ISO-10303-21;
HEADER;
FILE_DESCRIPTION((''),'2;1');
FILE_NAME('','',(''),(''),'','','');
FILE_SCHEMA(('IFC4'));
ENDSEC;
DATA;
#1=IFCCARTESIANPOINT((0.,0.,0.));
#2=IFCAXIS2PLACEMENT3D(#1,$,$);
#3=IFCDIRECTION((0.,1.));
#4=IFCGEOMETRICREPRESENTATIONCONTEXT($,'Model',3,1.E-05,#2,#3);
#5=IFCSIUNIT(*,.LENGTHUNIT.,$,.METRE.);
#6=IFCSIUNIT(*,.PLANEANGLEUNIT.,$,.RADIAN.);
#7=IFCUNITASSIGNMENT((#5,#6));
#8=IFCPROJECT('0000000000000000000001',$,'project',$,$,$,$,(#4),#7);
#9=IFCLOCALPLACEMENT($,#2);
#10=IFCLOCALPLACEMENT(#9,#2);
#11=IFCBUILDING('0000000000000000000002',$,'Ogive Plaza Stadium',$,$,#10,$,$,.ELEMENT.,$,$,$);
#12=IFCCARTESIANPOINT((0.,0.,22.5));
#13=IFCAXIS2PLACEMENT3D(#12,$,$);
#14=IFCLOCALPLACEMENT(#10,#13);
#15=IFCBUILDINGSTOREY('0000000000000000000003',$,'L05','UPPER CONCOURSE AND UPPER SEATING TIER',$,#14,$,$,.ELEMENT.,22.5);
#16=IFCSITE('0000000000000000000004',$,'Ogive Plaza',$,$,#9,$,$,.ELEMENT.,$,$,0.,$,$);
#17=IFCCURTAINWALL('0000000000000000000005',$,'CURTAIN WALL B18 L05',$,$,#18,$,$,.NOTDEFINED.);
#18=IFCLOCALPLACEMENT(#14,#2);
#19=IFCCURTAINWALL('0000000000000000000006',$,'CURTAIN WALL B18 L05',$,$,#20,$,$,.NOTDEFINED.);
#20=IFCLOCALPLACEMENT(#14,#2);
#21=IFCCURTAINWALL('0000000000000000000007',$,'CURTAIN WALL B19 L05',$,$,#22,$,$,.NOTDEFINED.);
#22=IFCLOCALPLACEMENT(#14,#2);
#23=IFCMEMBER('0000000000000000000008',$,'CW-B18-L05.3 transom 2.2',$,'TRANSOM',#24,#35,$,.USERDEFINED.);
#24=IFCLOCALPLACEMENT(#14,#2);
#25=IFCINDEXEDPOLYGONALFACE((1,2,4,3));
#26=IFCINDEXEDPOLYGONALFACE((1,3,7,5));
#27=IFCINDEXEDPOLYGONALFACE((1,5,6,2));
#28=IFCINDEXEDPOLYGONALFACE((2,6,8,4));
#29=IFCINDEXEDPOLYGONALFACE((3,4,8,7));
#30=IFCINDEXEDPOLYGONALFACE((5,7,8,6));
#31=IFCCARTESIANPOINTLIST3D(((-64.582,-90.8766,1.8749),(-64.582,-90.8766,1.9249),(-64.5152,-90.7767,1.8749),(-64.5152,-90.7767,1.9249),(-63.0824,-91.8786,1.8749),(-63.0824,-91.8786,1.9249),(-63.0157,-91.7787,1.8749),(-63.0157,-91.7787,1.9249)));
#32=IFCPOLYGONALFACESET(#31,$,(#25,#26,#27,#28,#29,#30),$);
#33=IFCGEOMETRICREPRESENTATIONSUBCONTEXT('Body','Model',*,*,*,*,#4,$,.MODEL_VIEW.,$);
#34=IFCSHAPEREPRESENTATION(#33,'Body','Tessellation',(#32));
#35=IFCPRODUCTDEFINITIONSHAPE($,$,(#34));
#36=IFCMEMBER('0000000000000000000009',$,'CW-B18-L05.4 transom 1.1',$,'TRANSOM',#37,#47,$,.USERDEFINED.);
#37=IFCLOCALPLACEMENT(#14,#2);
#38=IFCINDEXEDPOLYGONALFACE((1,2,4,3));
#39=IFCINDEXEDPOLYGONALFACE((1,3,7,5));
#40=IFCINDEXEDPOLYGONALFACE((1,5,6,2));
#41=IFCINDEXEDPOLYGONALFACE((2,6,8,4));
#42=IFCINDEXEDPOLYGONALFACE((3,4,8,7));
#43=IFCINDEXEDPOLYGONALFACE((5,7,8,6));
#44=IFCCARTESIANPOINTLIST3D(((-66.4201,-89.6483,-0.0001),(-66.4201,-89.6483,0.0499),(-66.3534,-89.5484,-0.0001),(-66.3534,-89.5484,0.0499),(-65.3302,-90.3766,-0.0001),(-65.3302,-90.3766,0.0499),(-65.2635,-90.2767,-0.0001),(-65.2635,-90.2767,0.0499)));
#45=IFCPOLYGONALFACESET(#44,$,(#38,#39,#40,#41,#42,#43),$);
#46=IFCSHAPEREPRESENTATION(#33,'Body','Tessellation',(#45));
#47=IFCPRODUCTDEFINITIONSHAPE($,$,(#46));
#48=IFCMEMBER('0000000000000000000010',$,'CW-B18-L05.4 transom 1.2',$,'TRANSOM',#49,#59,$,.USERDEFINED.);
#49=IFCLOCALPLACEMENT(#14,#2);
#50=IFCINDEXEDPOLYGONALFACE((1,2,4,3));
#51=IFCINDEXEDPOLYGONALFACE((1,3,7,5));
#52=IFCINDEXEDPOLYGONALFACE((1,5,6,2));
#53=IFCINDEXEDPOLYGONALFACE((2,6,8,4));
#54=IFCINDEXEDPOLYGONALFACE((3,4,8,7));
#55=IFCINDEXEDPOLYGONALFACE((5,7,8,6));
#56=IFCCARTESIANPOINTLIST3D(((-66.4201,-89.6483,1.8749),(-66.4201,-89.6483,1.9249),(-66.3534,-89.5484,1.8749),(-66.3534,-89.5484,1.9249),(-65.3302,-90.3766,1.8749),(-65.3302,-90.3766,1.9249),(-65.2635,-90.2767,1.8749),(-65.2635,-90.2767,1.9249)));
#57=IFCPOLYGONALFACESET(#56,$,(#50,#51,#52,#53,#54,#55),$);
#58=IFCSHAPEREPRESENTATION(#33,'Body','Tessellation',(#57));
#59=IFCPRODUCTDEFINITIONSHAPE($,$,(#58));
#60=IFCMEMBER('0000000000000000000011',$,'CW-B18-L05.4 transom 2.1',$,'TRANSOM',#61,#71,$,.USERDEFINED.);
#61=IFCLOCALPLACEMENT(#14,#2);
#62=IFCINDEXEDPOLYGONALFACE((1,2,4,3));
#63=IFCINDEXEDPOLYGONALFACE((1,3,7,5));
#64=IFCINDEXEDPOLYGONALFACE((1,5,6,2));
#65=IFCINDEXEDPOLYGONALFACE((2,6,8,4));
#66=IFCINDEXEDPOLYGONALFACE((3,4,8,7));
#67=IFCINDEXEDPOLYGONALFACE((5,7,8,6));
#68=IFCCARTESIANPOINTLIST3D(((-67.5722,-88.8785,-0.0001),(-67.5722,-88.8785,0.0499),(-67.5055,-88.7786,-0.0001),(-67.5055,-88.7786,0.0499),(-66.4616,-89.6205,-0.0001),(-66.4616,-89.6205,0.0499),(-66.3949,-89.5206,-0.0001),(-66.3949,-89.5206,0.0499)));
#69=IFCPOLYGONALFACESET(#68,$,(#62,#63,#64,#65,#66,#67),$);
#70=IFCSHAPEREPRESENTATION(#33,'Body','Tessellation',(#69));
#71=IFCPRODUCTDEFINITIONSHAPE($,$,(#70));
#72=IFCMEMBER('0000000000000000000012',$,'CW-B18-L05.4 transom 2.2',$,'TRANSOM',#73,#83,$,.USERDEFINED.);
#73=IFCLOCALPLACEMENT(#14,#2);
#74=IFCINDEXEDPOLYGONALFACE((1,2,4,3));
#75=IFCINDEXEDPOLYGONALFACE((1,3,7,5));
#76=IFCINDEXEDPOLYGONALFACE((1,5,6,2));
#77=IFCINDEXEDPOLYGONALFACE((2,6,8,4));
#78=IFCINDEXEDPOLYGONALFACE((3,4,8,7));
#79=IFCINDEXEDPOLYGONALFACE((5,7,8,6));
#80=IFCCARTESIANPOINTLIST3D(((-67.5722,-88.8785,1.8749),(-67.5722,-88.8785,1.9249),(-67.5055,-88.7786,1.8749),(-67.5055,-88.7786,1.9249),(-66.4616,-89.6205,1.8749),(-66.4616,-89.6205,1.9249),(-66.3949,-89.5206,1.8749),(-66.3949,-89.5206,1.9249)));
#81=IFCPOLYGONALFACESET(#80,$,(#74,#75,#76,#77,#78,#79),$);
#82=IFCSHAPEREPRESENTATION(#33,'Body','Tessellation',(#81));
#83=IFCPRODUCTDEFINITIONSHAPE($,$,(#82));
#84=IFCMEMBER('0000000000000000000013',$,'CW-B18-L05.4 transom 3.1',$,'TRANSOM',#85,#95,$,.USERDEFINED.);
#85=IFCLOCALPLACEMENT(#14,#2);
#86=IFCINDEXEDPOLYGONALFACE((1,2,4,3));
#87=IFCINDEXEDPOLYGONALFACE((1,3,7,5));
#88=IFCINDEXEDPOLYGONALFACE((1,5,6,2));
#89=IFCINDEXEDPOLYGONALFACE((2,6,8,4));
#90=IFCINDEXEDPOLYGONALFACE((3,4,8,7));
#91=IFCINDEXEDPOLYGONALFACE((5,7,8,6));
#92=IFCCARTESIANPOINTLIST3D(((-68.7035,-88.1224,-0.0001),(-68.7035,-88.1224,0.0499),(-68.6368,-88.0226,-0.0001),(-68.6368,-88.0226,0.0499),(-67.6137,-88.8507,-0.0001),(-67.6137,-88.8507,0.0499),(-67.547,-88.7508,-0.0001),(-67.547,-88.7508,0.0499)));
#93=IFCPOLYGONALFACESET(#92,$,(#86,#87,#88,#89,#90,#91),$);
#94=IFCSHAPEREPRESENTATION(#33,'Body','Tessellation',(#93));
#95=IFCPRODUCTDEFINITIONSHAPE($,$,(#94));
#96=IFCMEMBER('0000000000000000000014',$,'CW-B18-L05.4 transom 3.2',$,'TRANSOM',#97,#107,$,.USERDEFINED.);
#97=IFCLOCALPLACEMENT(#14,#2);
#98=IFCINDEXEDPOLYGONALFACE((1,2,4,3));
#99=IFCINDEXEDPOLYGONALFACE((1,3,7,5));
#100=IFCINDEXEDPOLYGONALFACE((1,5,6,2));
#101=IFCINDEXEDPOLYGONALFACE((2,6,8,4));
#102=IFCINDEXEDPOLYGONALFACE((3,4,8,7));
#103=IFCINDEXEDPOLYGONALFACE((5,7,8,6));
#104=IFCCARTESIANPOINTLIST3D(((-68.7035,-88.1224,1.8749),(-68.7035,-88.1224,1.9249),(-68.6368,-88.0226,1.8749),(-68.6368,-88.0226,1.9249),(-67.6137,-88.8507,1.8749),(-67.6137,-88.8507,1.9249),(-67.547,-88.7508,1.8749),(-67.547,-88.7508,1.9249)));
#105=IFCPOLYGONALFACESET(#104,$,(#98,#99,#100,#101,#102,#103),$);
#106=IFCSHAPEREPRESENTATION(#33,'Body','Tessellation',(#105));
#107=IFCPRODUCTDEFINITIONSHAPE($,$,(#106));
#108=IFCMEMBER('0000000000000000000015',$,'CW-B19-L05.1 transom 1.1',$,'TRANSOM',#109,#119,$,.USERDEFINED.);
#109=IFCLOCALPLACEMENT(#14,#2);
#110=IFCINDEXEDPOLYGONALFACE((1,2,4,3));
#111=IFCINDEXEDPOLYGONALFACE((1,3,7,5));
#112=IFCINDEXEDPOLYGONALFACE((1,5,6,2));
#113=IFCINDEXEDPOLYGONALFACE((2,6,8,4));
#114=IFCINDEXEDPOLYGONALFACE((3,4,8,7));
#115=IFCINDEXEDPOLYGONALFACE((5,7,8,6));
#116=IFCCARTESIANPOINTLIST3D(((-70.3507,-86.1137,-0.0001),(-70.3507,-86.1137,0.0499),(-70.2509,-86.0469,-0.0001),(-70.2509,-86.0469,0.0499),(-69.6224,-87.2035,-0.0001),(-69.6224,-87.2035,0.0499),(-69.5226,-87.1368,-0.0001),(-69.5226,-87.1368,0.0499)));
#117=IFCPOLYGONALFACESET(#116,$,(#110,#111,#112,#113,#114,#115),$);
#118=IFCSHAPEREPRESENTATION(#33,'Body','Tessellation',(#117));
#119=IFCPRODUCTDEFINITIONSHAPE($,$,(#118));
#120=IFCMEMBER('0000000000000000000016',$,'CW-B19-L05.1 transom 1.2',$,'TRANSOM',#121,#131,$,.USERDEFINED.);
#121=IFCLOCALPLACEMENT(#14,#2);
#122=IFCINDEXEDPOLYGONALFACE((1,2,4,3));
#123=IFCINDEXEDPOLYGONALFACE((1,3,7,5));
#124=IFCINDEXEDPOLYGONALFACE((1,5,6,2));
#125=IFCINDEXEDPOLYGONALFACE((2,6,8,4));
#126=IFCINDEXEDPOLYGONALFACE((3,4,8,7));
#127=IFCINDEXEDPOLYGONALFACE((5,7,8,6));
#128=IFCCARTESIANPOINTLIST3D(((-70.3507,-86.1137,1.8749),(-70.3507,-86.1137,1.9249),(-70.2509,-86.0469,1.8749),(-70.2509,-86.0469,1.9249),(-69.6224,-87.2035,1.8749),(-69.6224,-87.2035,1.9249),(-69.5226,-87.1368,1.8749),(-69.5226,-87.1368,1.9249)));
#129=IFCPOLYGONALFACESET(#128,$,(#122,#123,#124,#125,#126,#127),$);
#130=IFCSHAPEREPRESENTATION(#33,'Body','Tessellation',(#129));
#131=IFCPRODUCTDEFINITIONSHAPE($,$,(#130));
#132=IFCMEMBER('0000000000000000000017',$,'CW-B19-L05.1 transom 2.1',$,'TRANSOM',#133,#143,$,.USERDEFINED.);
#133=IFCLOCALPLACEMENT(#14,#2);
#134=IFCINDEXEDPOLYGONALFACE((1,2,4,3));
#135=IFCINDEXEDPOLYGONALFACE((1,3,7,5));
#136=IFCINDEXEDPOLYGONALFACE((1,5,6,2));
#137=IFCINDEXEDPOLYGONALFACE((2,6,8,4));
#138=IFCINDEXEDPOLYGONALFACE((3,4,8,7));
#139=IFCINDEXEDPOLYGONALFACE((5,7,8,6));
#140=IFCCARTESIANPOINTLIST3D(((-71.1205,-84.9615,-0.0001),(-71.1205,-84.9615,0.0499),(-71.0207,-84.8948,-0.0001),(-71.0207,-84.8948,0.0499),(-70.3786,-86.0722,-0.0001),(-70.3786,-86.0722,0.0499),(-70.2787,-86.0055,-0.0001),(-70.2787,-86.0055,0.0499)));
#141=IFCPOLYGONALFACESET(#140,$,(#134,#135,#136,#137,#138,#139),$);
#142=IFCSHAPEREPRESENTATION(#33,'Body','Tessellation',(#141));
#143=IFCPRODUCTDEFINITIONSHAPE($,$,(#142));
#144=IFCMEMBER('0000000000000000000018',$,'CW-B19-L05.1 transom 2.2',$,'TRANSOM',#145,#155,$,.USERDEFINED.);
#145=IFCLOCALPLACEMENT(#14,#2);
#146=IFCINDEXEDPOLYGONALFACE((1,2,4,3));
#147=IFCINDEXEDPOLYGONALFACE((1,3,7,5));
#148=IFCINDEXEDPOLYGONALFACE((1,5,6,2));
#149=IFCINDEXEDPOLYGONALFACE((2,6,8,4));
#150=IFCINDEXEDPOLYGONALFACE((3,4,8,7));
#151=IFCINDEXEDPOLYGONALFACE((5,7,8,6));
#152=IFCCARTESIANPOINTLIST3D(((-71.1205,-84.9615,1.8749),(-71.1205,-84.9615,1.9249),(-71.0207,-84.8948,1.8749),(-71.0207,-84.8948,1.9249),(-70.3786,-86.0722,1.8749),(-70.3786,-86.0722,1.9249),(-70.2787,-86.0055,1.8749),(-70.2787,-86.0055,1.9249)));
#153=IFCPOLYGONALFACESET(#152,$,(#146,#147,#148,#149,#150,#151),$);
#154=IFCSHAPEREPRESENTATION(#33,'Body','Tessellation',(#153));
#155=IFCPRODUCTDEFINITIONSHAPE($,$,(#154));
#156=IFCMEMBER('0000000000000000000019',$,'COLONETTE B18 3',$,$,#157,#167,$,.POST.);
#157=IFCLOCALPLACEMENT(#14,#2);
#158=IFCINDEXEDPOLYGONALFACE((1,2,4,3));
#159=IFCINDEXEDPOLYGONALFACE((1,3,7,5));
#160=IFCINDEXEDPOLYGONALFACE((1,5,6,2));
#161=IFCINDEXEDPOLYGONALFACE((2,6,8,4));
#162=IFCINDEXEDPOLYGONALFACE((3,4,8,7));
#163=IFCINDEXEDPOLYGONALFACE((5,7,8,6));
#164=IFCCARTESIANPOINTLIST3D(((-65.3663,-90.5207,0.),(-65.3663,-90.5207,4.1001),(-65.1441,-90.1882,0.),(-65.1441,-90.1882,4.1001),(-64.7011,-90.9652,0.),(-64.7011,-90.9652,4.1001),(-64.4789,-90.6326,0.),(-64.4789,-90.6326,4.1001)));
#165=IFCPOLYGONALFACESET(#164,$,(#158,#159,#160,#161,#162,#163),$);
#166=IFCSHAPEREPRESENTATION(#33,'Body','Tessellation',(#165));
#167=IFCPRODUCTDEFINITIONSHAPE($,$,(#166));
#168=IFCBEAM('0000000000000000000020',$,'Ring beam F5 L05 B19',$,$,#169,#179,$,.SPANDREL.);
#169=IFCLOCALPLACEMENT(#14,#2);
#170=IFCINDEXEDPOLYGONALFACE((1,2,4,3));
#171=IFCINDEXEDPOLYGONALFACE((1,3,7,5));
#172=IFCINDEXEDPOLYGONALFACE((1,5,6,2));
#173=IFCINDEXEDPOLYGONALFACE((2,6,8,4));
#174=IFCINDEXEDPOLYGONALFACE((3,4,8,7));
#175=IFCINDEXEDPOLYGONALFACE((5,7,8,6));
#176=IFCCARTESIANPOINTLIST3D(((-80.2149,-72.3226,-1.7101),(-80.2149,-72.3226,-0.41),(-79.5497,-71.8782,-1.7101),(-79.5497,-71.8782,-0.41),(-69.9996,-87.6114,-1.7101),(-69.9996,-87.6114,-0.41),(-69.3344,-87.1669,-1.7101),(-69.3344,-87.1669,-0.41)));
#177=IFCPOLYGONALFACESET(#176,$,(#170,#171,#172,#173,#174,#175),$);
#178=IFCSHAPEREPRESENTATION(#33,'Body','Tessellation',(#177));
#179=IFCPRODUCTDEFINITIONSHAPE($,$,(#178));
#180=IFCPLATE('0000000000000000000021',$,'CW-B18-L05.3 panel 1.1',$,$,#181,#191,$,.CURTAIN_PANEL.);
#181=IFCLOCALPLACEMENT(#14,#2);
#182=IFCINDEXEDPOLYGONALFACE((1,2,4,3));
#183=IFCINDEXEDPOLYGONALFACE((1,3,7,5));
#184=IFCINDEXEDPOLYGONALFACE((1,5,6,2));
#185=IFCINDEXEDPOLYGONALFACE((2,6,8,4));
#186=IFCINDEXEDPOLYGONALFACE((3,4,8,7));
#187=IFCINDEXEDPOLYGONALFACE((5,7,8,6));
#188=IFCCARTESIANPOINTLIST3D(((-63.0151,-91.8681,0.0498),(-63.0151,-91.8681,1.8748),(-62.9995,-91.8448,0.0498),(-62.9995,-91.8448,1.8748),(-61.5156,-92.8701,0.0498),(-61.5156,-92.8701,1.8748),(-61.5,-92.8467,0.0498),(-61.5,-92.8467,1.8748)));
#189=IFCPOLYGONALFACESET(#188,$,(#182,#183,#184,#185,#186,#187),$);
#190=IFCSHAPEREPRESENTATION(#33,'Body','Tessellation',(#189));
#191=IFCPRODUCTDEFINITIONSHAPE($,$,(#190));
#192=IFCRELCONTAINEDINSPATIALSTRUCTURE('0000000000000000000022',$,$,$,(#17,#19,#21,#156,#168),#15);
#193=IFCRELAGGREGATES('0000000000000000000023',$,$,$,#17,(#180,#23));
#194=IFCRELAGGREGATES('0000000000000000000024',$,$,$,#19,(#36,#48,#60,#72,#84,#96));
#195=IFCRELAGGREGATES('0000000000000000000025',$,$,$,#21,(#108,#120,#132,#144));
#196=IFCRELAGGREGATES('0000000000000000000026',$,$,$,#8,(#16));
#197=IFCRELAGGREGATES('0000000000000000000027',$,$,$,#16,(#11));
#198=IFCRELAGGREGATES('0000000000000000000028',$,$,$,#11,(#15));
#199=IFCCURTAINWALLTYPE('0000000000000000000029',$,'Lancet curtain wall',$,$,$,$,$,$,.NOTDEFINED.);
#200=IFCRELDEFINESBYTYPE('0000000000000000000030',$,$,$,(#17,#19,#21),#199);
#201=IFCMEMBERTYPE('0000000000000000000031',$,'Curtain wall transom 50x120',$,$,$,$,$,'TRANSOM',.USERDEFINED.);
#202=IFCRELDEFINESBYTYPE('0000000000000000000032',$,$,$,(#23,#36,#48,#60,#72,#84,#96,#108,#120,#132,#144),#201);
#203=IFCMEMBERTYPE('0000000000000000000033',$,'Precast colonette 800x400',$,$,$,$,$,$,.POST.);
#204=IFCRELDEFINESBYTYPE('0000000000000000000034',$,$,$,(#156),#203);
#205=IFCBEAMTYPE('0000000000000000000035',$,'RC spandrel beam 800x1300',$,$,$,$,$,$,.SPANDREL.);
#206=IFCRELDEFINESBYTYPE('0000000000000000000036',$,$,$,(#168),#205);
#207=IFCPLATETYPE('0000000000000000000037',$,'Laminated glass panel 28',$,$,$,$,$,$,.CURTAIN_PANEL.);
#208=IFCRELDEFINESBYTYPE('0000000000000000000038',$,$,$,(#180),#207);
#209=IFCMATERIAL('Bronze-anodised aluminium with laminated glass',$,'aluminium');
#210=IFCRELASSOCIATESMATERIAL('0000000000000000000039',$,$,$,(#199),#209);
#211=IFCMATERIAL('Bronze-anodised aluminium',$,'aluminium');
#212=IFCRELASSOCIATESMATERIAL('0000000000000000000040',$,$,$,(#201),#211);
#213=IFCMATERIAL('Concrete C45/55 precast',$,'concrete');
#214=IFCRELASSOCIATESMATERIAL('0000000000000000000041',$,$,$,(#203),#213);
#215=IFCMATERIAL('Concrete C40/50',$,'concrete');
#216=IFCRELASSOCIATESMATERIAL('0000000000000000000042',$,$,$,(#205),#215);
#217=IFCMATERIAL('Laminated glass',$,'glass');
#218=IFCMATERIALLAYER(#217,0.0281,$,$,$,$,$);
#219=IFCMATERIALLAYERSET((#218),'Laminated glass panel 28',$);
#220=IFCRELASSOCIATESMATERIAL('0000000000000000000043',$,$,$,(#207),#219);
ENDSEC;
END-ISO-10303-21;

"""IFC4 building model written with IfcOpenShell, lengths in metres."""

from ifc_helpers import new_model, si_unit, direction, frame, origin, origin_2d, place, context, subcontext, project, spatial, rectangle, extrude, material, layer, layer_set, material_profile, profile_set, type_object, element, aggregate, save


model = new_model("IFC4")

# Units and contexts
model_context = context("Model", 3, precision=1e-05, world=origin(), true_north=direction((0.0, 1.0)))
body_context = subcontext(model_context, "Body", "Model", "MODEL_VIEW")
ifc_project = project(units=[si_unit("LENGTHUNIT", "METRE"), si_unit("PLANEANGLEUNIT", "RADIAN")], contexts=[model_context])

# Site, building, storey
site_placement = place(None, origin())
site = spatial("IfcSite", under=ifc_project, at=site_placement, Name="Ogive Plaza", CompositionType="ELEMENT", RefElevation=0.0)
building_placement = place(site_placement, origin())
building = spatial("IfcBuilding", under=site, at=building_placement, Name="Ogive Plaza Stadium", CompositionType="ELEMENT")
storey_placement = place(building_placement, frame((0.0, 0.0, 22.5)))
storey = spatial("IfcBuildingStorey", under=building, at=storey_placement, Name="L05", Description="UPPER CONCOURSE AND UPPER SEATING TIER", CompositionType="ELEMENT", Elevation=22.5)

# Curtain walls
ifc_material_1 = material(Name="Bronze-anodised aluminium with laminated glass", Category="aluminium")
curtain_wall_type = type_object("IfcCurtainWallType", Name="Lancet curtain wall", PredefinedType="NOTDEFINED", material=ifc_material_1)
curtain_wall_1_placement = place(storey_placement, origin())
curtain_wall_1 = element("IfcCurtainWall", 1, at=curtain_wall_1_placement, inside=storey, type_object=curtain_wall_type, Name="CURTAIN WALL B18 L05", PredefinedType="NOTDEFINED")
curtain_wall_2_placement = place(storey_placement, origin())
curtain_wall_2 = element("IfcCurtainWall", 2, at=curtain_wall_2_placement, inside=storey, type_object=curtain_wall_type, Name="CURTAIN WALL B18 L05", PredefinedType="NOTDEFINED")
curtain_wall_3_placement = place(storey_placement, origin())
curtain_wall_3 = element("IfcCurtainWall", 3, at=curtain_wall_3_placement, inside=storey, type_object=curtain_wall_type, Name="CURTAIN WALL B19 L05", PredefinedType="NOTDEFINED")

# Members
ifc_material_2 = material(Name="Bronze-anodised aluminium", Category="aluminium")
ifc_material_profile_1 = material_profile(ifc_material_2, rectangle(XDim=0.1201, YDim=0.05, at=origin_2d()), Name="AL 120x50")
ifc_profile_set_1 = profile_set([ifc_material_profile_1], Name="Bronze-anodised aluminium")
member_type_1 = type_object("IfcMemberType", Name="Curtain wall transom 50x120", ElementType="TRANSOM", PredefinedType="USERDEFINED", material=ifc_profile_set_1)
member_1_placement = place(storey_placement, frame((-63.0491, -91.8286, 1.8999), z_axis=(-0.831467, 0.555575, 0.0), x_axis=(-0.555575, -0.831467, 0.0)))
member_1 = element("IfcMember", 4, at=member_1_placement, type_object=member_type_1, Name="CW-B18-L05.3 transom 2.2", ObjectType="TRANSOM", PredefinedType="USERDEFINED", context=body_context, shape_type="SweptSolid", body=[
    extrude(rectangle(XDim=0.1201, YDim=0.05, at=origin_2d()), origin(), (0.0, 0.0, 1.0), 1.8035),
])
member_2_placement = place(storey_placement, frame((-65.2969, -90.3267, 0.0249), z_axis=(-0.831448, 0.555602, 0.0), x_axis=(-0.555602, -0.831448, 0.0)))
member_2 = element("IfcMember", 5, at=member_2_placement, type_object=member_type_1, Name="CW-B18-L05.4 transom 1.1", ObjectType="TRANSOM", PredefinedType="USERDEFINED", context=body_context, shape_type="SweptSolid", body=[
    extrude(rectangle(XDim=0.1201, YDim=0.05, at=origin_2d()), origin(), (0.0, 0.0, 1.0), 1.3108),
])
member_3_placement = place(storey_placement, frame((-65.2969, -90.3267, 1.8999), z_axis=(-0.831448, 0.555602, 0.0), x_axis=(-0.555602, -0.831448, 0.0)))
member_3 = element("IfcMember", 6, at=member_3_placement, type_object=member_type_1, Name="CW-B18-L05.4 transom 1.2", ObjectType="TRANSOM", PredefinedType="USERDEFINED", context=body_context, shape_type="SweptSolid", body=[
    extrude(rectangle(XDim=0.1201, YDim=0.05, at=origin_2d()), origin(), (0.0, 0.0, 1.0), 1.3108),
])
member_4_placement = place(storey_placement, frame((-66.4282, -89.5706, 0.0249), z_axis=(-0.831516, 0.555501, 0.0), x_axis=(-0.555501, -0.831516, 0.0)))
member_4 = element("IfcMember", 7, at=member_4_placement, type_object=member_type_1, Name="CW-B18-L05.4 transom 2.1", ObjectType="TRANSOM", PredefinedType="USERDEFINED", context=body_context, shape_type="SweptSolid", body=[
    extrude(rectangle(XDim=0.1201, YDim=0.05, at=origin_2d()), origin(), (0.0, 0.0, 1.0), 1.3357),
])
member_5_placement = place(storey_placement, frame((-66.4282, -89.5706, 1.8999), z_axis=(-0.831516, 0.555501, 0.0), x_axis=(-0.555501, -0.831516, 0.0)))
member_5 = element("IfcMember", 8, at=member_5_placement, type_object=member_type_1, Name="CW-B18-L05.4 transom 2.2", ObjectType="TRANSOM", PredefinedType="USERDEFINED", context=body_context, shape_type="SweptSolid", body=[
    extrude(rectangle(XDim=0.1201, YDim=0.05, at=origin_2d()), origin(), (0.0, 0.0, 1.0), 1.3357),
])
member_6_placement = place(storey_placement, frame((-67.5803, -88.8008, 0.0249), z_axis=(-0.831448, 0.555602, 0.0), x_axis=(-0.555602, -0.831448, 0.0)))
member_6 = element("IfcMember", 9, at=member_6_placement, type_object=member_type_1, Name="CW-B18-L05.4 transom 3.1", ObjectType="TRANSOM", PredefinedType="USERDEFINED", context=body_context, shape_type="SweptSolid", body=[
    extrude(rectangle(XDim=0.1201, YDim=0.05, at=origin_2d()), origin(), (0.0, 0.0, 1.0), 1.3108),
])
member_7_placement = place(storey_placement, frame((-67.5803, -88.8008, 1.8999), z_axis=(-0.831448, 0.555602, 0.0), x_axis=(-0.555602, -0.831448, 0.0)))
member_7 = element("IfcMember", 10, at=member_7_placement, type_object=member_type_1, Name="CW-B18-L05.4 transom 3.2", ObjectType="TRANSOM", PredefinedType="USERDEFINED", context=body_context, shape_type="SweptSolid", body=[
    extrude(rectangle(XDim=0.1201, YDim=0.05, at=origin_2d()), origin(), (0.0, 0.0, 1.0), 1.3108),
])
member_8_placement = place(storey_placement, frame((-69.5725, -87.1702, 0.0249), z_axis=(-0.555602, 0.831448, 0.0), x_axis=(-0.831448, -0.555602, 0.0)))
member_8 = element("IfcMember", 11, at=member_8_placement, type_object=member_type_1, Name="CW-B19-L05.1 transom 1.1", ObjectType="TRANSOM", PredefinedType="USERDEFINED", context=body_context, shape_type="SweptSolid", body=[
    extrude(rectangle(XDim=0.1201, YDim=0.05, at=origin_2d()), origin(), (0.0, 0.0, 1.0), 1.3108),
])
member_9_placement = place(storey_placement, frame((-69.5725, -87.1702, 1.8999), z_axis=(-0.555602, 0.831448, 0.0), x_axis=(-0.831448, -0.555602, 0.0)))
member_9 = element("IfcMember", 12, at=member_9_placement, type_object=member_type_1, Name="CW-B19-L05.1 transom 1.2", ObjectType="TRANSOM", PredefinedType="USERDEFINED", context=body_context, shape_type="SweptSolid", body=[
    extrude(rectangle(XDim=0.1201, YDim=0.05, at=origin_2d()), origin(), (0.0, 0.0, 1.0), 1.3108),
])
member_10_placement = place(storey_placement, frame((-70.3286, -86.0388, 0.0249), z_axis=(-0.555501, 0.831516, 0.0), x_axis=(-0.831516, -0.555501, 0.0)))
member_10 = element("IfcMember", 13, at=member_10_placement, type_object=member_type_1, Name="CW-B19-L05.1 transom 2.1", ObjectType="TRANSOM", PredefinedType="USERDEFINED", context=body_context, shape_type="SweptSolid", body=[
    extrude(rectangle(XDim=0.1201, YDim=0.05, at=origin_2d()), origin(), (0.0, 0.0, 1.0), 1.3357),
])
member_11_placement = place(storey_placement, frame((-70.3286, -86.0388, 1.8999), z_axis=(-0.555501, 0.831516, 0.0), x_axis=(-0.831516, -0.555501, 0.0)))
member_11 = element("IfcMember", 14, at=member_11_placement, type_object=member_type_1, Name="CW-B19-L05.1 transom 2.2", ObjectType="TRANSOM", PredefinedType="USERDEFINED", context=body_context, shape_type="SweptSolid", body=[
    extrude(rectangle(XDim=0.1201, YDim=0.05, at=origin_2d()), origin(), (0.0, 0.0, 1.0), 1.3357),
])
ifc_material_3 = material(Name="Concrete C45/55 precast", Category="concrete")
ifc_material_profile_2 = material_profile(ifc_material_3, rectangle(XDim=0.3999, YDim=0.8, at=origin_2d()), Name="RC 400x800")
ifc_profile_set_2 = profile_set([ifc_material_profile_2], Name="Concrete C45/55 precast")
member_type_2 = type_object("IfcMemberType", Name="Precast colonette 800x400", PredefinedType="POST", material=ifc_profile_set_2)
member_12_placement = place(storey_placement, frame((-64.9226, -90.5767, 0.0), z_axis=(0.0, 0.0, 1.0), x_axis=(-0.55557, -0.83147, 0.0)))
element("IfcMember", 15, at=member_12_placement, inside=storey, type_object=member_type_2, Name="COLONETTE B18 3", PredefinedType="POST", context=body_context, shape_type="SweptSolid", body=[
    extrude(rectangle(XDim=0.3999, YDim=0.8, at=origin_2d()), origin(), (0.0, 0.0, 1.0), 4.1001),
])

# Beam
ifc_material_4 = material(Name="Concrete C40/50", Category="concrete")
ifc_material_profile_3 = material_profile(ifc_material_4, rectangle(XDim=0.8, YDim=1.3, at=origin_2d()), Name="RC 800x1300")
ifc_profile_set_3 = profile_set([ifc_material_profile_3], Name="Concrete C40/50")
beam_type = type_object("IfcBeamType", Name="RC spandrel beam 800x1300", PredefinedType="SPANDREL", material=ifc_profile_set_3)
beam_placement = place(storey_placement, frame((-69.667, -87.3892, -1.0601), z_axis=(-0.555558, 0.831478, 0.0), x_axis=(-0.831478, -0.555558, 0.0)))
element("IfcBeam", 16, at=beam_placement, inside=storey, type_object=beam_type, Name="Ring beam F5 L05 B19", PredefinedType="SPANDREL", context=body_context, shape_type="SweptSolid", body=[
    extrude(rectangle(XDim=0.8, YDim=1.3, at=origin_2d()), origin(), (0.0, 0.0, 1.0), 18.3875),
])

# Plate
ifc_material_5 = material(Name="Laminated glass", Category="glass")
ifc_layer_1 = layer(ifc_material_5, 0.0281)
ifc_layer_set_1 = layer_set([ifc_layer_1], Name="Laminated glass panel 28")
plate_type = type_object("IfcPlateType", Name="Laminated glass panel 28", PredefinedType="CURTAIN_PANEL", material=ifc_layer_set_1)
plate_1_placement = place(storey_placement, frame((-62.2576, -92.3574, 0.0498), z_axis=(0.0, 0.0, 1.0), x_axis=(-0.83147, 0.55557, 0.0)))
plate_1 = element("IfcPlate", 17, at=plate_1_placement, type_object=plate_type, Name="CW-B18-L05.3 panel 1.1", PredefinedType="CURTAIN_PANEL", context=body_context, shape_type="SweptSolid", body=[
    extrude(rectangle(XDim=1.8035, YDim=0.0281, at=origin_2d()), origin(), (0.0, 0.0, 1.0), 1.825),
])
aggregate(curtain_wall_1, [plate_1, member_1])
aggregate(curtain_wall_2, [member_2, member_3, member_4, member_5, member_6, member_7])
aggregate(curtain_wall_3, [member_8, member_9, member_10, member_11])

save(model, "model.ifc")
